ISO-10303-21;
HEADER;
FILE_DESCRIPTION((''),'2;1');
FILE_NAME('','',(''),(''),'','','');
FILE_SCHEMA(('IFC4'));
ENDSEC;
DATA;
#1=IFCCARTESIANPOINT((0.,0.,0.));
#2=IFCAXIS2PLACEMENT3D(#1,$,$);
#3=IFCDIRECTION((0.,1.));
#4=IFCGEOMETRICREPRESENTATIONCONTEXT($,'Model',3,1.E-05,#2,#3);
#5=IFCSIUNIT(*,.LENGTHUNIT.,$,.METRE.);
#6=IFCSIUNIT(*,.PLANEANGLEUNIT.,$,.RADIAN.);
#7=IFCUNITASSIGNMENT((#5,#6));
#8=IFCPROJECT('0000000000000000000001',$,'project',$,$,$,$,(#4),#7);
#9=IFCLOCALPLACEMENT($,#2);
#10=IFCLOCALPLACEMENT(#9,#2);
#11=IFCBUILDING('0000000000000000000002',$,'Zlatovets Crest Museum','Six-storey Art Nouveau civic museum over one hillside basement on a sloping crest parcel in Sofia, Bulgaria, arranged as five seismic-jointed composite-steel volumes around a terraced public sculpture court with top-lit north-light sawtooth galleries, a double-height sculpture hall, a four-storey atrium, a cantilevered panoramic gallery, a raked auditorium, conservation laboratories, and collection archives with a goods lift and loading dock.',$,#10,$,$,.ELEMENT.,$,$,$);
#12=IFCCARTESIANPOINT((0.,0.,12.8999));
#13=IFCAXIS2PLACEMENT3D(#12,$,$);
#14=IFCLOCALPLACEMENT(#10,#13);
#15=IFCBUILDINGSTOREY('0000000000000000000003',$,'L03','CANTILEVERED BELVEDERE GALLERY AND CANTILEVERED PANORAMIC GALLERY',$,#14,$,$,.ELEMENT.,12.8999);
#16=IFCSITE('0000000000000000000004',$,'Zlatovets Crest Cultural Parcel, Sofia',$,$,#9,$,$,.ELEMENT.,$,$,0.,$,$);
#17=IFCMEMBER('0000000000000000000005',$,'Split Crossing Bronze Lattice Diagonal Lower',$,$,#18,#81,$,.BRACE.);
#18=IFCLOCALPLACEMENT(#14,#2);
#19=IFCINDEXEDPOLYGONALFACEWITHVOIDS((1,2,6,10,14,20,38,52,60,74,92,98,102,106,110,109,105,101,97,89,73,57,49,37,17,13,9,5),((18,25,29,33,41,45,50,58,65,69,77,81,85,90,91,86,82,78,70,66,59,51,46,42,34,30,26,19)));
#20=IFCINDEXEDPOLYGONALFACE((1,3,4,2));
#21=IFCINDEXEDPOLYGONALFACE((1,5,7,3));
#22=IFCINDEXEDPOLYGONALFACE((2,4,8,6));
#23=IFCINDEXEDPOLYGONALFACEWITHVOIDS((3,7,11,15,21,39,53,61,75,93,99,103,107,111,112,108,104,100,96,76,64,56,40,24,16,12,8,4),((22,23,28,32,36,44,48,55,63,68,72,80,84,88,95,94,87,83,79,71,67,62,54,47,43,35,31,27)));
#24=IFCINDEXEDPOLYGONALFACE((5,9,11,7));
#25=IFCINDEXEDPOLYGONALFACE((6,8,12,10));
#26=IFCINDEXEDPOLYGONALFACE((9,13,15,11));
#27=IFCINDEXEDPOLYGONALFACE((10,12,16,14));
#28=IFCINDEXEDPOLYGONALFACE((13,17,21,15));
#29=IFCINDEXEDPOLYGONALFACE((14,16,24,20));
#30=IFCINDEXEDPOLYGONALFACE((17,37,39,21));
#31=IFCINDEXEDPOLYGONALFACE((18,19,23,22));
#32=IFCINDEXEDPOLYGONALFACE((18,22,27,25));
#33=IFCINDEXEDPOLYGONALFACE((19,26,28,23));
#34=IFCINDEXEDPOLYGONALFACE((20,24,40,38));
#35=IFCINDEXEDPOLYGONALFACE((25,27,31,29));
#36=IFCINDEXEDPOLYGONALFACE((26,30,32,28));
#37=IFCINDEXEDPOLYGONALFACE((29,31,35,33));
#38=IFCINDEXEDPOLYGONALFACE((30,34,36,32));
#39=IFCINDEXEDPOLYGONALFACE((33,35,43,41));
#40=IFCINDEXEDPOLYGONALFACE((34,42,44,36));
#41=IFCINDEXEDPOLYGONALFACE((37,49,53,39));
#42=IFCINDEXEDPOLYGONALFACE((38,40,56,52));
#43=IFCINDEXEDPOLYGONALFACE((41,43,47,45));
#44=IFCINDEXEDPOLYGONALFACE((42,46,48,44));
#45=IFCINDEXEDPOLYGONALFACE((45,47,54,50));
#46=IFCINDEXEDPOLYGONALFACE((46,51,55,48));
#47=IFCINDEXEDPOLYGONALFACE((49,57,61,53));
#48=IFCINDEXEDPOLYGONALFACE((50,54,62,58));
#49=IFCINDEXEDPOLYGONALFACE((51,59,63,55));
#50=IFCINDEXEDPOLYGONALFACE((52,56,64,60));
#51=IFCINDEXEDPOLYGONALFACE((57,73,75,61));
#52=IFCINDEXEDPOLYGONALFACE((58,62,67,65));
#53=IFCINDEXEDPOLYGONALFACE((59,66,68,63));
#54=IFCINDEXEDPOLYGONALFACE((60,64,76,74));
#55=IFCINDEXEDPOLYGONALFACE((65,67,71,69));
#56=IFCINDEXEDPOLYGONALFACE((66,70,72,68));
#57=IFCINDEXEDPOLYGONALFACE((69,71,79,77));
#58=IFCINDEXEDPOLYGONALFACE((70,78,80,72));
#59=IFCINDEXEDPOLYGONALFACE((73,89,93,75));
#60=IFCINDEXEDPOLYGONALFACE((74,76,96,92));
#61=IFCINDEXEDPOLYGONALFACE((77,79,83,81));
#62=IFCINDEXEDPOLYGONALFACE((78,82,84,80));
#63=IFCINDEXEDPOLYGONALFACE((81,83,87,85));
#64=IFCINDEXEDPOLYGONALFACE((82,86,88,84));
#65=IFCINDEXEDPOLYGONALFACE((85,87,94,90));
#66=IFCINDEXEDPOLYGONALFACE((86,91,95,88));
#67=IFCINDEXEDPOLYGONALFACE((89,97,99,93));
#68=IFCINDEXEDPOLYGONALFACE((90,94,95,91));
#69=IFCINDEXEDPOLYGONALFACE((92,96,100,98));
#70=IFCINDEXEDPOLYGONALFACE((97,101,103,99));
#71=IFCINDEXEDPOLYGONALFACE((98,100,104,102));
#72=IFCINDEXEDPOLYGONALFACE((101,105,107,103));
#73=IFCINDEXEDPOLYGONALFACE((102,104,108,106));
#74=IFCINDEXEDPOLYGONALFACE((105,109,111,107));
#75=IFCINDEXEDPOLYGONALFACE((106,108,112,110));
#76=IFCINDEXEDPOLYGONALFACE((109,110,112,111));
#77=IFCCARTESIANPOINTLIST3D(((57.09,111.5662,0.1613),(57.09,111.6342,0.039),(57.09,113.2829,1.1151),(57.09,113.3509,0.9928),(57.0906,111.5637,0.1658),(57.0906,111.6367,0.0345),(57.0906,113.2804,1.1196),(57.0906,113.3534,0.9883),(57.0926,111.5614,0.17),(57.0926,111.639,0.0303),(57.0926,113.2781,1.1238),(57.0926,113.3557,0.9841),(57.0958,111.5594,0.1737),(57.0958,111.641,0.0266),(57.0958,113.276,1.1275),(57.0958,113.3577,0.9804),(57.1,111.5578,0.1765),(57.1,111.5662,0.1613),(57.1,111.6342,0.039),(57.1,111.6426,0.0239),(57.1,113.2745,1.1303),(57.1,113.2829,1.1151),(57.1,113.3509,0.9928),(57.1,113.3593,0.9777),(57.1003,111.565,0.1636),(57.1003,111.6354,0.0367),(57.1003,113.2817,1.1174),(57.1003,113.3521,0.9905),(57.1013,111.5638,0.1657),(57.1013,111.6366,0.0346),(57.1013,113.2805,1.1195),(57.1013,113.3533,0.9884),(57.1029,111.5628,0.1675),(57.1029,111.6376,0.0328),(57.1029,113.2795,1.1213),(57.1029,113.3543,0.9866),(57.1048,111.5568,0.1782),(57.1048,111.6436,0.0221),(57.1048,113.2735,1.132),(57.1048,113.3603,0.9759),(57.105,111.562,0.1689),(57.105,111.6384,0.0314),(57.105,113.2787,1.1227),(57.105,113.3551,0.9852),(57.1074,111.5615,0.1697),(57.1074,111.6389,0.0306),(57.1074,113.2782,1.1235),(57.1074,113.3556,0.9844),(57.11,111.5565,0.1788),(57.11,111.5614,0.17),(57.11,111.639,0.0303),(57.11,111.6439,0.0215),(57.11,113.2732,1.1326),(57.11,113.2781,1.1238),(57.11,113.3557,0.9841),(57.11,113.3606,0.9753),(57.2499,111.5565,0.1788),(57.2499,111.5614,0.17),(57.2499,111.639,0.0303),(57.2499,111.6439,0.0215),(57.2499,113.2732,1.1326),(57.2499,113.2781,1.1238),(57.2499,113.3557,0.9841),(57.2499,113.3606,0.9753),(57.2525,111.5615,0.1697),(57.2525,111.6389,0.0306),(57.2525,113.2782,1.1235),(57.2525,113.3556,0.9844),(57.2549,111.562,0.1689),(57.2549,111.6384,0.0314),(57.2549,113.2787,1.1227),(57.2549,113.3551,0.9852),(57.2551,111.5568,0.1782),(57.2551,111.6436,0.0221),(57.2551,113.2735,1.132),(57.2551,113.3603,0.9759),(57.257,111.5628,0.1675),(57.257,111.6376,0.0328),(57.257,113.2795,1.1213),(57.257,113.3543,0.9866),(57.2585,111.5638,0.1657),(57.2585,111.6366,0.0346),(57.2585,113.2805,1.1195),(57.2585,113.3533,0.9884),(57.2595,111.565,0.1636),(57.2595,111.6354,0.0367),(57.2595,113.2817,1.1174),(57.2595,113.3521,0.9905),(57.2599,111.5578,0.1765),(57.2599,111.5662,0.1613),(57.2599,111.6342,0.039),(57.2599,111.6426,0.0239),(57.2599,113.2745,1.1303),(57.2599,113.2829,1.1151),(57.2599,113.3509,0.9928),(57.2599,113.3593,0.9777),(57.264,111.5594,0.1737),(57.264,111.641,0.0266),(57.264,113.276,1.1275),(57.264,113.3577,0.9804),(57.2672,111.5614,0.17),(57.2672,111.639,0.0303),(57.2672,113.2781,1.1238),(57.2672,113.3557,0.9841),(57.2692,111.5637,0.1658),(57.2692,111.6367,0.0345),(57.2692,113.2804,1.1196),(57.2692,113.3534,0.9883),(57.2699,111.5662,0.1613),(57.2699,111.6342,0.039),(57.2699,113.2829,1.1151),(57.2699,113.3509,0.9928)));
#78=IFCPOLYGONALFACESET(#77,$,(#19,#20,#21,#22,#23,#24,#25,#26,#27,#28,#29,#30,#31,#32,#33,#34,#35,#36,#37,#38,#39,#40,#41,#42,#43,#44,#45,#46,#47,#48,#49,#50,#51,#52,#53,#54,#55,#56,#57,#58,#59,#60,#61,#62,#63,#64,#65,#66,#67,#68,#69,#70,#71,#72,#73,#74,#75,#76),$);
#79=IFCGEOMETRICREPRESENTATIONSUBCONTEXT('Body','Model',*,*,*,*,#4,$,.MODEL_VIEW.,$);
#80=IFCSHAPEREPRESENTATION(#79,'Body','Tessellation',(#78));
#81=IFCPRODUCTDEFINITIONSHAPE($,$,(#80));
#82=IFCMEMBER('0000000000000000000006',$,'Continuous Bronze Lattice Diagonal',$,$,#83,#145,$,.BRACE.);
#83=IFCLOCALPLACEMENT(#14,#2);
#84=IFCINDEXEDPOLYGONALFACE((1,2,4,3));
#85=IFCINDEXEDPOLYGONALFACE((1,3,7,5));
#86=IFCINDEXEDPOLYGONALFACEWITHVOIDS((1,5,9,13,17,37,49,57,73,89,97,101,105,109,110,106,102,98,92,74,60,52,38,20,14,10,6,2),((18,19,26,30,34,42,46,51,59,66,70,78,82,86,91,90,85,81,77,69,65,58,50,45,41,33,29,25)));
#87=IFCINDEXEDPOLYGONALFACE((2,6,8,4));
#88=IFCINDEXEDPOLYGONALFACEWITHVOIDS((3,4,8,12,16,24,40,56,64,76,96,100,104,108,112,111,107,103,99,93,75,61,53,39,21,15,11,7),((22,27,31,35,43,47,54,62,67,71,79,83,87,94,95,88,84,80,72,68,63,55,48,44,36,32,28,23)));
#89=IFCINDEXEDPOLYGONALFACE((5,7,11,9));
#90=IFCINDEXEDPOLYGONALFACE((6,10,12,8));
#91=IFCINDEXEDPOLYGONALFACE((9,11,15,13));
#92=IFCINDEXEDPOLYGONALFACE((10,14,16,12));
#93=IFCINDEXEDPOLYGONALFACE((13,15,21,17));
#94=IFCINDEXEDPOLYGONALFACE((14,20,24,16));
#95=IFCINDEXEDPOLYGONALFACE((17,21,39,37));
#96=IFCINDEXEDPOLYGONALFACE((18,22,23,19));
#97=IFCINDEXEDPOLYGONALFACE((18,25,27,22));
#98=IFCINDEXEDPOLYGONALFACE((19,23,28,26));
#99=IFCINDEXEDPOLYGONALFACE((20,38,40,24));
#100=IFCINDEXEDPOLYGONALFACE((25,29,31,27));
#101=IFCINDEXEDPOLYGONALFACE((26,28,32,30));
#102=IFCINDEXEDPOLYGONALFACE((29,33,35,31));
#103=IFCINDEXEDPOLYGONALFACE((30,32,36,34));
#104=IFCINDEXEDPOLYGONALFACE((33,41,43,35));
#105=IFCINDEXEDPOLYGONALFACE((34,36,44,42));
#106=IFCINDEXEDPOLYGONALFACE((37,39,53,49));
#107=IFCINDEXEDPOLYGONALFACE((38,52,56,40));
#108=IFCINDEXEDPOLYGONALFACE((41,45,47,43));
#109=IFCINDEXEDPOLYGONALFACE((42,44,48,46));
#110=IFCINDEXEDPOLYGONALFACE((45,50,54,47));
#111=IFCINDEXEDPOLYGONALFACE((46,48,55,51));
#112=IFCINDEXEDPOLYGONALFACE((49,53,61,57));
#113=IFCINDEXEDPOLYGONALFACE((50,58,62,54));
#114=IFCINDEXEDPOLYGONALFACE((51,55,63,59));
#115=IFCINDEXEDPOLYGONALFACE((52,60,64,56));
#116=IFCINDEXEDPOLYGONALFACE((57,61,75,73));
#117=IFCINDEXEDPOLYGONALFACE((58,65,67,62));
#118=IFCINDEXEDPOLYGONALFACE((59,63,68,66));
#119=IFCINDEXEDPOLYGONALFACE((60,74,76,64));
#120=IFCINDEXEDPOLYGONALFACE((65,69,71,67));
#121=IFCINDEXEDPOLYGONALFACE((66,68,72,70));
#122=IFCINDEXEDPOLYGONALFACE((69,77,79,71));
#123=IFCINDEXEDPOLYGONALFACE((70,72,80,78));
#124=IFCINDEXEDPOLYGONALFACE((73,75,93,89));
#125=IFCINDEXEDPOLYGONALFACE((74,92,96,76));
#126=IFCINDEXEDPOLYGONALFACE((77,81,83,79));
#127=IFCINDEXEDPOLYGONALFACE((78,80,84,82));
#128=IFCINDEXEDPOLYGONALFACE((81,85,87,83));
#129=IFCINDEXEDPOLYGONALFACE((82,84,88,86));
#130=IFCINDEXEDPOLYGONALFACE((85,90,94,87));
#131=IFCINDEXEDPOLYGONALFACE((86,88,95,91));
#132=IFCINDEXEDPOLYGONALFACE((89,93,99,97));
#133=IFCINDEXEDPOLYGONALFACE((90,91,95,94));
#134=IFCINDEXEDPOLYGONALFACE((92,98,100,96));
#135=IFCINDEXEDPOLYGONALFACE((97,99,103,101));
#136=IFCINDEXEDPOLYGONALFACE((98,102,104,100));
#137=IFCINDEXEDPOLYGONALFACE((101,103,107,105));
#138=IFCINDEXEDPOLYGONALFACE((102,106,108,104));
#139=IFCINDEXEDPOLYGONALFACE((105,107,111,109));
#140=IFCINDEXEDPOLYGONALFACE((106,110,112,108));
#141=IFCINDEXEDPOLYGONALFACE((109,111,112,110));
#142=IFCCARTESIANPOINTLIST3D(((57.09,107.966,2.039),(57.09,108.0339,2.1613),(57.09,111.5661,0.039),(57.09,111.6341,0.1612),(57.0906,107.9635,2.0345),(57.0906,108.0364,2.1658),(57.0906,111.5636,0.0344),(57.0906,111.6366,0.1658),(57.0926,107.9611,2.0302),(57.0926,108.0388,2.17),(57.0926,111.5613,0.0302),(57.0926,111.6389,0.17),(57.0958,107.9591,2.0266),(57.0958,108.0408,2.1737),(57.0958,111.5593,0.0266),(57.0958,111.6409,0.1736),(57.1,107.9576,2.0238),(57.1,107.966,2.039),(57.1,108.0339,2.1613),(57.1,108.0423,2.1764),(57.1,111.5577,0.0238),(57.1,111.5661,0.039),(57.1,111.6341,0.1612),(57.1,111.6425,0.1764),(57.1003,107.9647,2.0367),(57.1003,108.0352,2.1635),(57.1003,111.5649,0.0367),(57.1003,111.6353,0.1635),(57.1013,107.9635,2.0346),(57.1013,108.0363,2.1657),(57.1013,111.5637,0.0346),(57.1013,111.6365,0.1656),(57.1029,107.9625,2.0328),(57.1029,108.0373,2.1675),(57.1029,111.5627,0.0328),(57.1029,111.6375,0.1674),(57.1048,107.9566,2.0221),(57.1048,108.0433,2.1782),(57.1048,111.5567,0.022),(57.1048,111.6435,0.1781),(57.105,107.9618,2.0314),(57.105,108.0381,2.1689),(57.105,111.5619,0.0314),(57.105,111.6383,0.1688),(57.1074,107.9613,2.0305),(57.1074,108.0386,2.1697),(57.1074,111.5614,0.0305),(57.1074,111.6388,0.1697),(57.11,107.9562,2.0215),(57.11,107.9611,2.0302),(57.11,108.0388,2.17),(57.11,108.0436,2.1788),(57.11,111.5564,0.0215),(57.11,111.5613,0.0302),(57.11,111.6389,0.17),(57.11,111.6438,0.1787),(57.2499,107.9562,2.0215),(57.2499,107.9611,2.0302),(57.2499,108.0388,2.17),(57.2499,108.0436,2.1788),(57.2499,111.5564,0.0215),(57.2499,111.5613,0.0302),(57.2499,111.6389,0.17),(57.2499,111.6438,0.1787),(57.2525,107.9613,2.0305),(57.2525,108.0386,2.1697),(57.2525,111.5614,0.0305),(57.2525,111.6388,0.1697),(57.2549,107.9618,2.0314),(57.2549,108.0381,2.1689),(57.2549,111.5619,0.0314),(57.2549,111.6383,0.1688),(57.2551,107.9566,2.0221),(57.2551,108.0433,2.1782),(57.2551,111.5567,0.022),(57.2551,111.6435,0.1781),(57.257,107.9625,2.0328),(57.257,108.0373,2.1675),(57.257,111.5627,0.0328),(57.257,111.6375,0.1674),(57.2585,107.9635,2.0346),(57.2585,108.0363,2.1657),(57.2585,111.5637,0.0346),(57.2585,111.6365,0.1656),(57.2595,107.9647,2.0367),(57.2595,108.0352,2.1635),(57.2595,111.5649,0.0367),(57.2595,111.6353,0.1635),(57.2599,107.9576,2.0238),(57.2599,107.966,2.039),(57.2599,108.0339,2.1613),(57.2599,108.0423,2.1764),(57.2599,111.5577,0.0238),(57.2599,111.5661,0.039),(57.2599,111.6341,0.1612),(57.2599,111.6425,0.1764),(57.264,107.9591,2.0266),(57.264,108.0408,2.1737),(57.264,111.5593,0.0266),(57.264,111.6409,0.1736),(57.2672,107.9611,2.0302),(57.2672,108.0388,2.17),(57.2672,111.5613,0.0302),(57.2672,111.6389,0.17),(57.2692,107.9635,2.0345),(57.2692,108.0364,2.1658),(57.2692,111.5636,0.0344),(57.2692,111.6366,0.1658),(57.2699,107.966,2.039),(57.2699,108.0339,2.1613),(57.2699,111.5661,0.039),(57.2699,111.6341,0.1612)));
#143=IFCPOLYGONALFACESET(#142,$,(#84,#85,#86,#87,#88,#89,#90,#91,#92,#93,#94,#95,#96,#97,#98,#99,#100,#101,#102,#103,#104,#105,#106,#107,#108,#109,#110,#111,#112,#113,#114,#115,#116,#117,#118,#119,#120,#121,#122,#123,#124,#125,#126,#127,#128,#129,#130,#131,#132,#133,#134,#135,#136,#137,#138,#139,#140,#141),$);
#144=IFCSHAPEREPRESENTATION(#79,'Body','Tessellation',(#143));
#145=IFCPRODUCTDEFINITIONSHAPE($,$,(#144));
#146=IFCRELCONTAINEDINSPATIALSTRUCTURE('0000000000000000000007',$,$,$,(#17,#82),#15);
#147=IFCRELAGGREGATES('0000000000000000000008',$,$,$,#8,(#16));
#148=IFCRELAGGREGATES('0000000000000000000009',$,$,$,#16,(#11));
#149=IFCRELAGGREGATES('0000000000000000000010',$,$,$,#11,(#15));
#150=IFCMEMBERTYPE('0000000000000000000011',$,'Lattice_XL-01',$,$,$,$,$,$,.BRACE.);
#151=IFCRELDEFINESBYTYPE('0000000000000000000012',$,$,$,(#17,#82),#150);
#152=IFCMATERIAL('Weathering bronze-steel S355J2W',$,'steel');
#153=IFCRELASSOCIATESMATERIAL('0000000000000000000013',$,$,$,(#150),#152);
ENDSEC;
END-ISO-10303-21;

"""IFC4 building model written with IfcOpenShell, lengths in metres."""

from ifc_helpers import new_model, si_unit, direction, frame, origin, origin_2d, place, context, subcontext, project, spatial, hollow_rectangle, extrude, material, material_profile, profile_set, type_object, element, save


model = new_model("IFC4")

# Units and contexts
model_context = context("Model", 3, precision=1e-05, world=origin(), true_north=direction((0.0, 1.0)))
body_context = subcontext(model_context, "Body", "Model", "MODEL_VIEW")
ifc_project = project(units=[si_unit("LENGTHUNIT", "METRE"), si_unit("PLANEANGLEUNIT", "RADIAN")], contexts=[model_context])

# Site, building, storey
site_placement = place(None, origin())
site = spatial("IfcSite", under=ifc_project, at=site_placement, Name="Zlatovets Crest Cultural Parcel, Sofia", CompositionType="ELEMENT", RefElevation=0.0)
building_placement = place(site_placement, origin())
building = spatial("IfcBuilding", under=site, at=building_placement, Name="Zlatovets Crest Museum", Description="Six-storey Art Nouveau civic museum over one hillside basement on a sloping crest parcel in Sofia, Bulgaria, arranged as five seismic-jointed composite-steel volumes around a terraced public sculpture court with top-lit north-light sawtooth galleries, a double-height sculpture hall, a four-storey atrium, a cantilevered panoramic gallery, a raked auditorium, conservation laboratories, and collection archives with a goods lift and loading dock.", CompositionType="ELEMENT")
storey_placement = place(building_placement, frame((0.0, 0.0, 12.8999)))
storey = spatial("IfcBuildingStorey", under=building, at=storey_placement, Name="L03", Description="CANTILEVERED BELVEDERE GALLERY AND CANTILEVERED PANORAMIC GALLERY", CompositionType="ELEMENT", Elevation=12.8999)

# Members
ifc_material_1 = material(Name="Weathering bronze-steel S355J2W", Category="steel")
ifc_material_profile_1 = material_profile(ifc_material_1, hollow_rectangle(XDim=0.1799, YDim=0.1799, WallThickness=0.01, InnerFilletRadius=0.01, OuterFilletRadius=0.02, at=origin_2d()), Name="SHS 180x180x10.0")
ifc_profile_set_1 = profile_set([ifc_material_profile_1], Name="Weathering bronze-steel S355J2W")
member_type_1 = type_object("IfcMemberType", Name="Lattice_XL-01", PredefinedType="BRACE", material=ifc_profile_set_1)
member_1_placement = place(storey_placement, frame((57.1799, 113.3169, 1.054), z_axis=(0.0, -0.87414, -0.485675), x_axis=(1.0, 0.0, 0.0)))
element("IfcMember", 1, at=member_1_placement, inside=storey, type_object=member_type_1, Name="Split Crossing Bronze Lattice Diagonal Lower", PredefinedType="BRACE", context=body_context, shape_type="SweptSolid", body=[
    extrude(hollow_rectangle(XDim=0.1799, YDim=0.1799, WallThickness=0.01, InnerFilletRadius=0.01, OuterFilletRadius=0.02, at=origin_2d()), origin(), (0.0, 0.0, 1.0), 1.9639),
])
member_2_placement = place(storey_placement, frame((57.1799, 111.6001, 0.1001), z_axis=(0.0, -0.874163, 0.485633), x_axis=(1.0, 0.0, 0.0)))
element("IfcMember", 2, at=member_2_placement, inside=storey, type_object=member_type_1, Name="Continuous Bronze Lattice Diagonal", PredefinedType="BRACE", context=body_context, shape_type="SweptSolid", body=[
    extrude(hollow_rectangle(XDim=0.1799, YDim=0.1799, WallThickness=0.01, InnerFilletRadius=0.01, OuterFilletRadius=0.02, at=origin_2d()), origin(), (0.0, 0.0, 1.0), 4.1184),
])

save(model, "model.ifc")
